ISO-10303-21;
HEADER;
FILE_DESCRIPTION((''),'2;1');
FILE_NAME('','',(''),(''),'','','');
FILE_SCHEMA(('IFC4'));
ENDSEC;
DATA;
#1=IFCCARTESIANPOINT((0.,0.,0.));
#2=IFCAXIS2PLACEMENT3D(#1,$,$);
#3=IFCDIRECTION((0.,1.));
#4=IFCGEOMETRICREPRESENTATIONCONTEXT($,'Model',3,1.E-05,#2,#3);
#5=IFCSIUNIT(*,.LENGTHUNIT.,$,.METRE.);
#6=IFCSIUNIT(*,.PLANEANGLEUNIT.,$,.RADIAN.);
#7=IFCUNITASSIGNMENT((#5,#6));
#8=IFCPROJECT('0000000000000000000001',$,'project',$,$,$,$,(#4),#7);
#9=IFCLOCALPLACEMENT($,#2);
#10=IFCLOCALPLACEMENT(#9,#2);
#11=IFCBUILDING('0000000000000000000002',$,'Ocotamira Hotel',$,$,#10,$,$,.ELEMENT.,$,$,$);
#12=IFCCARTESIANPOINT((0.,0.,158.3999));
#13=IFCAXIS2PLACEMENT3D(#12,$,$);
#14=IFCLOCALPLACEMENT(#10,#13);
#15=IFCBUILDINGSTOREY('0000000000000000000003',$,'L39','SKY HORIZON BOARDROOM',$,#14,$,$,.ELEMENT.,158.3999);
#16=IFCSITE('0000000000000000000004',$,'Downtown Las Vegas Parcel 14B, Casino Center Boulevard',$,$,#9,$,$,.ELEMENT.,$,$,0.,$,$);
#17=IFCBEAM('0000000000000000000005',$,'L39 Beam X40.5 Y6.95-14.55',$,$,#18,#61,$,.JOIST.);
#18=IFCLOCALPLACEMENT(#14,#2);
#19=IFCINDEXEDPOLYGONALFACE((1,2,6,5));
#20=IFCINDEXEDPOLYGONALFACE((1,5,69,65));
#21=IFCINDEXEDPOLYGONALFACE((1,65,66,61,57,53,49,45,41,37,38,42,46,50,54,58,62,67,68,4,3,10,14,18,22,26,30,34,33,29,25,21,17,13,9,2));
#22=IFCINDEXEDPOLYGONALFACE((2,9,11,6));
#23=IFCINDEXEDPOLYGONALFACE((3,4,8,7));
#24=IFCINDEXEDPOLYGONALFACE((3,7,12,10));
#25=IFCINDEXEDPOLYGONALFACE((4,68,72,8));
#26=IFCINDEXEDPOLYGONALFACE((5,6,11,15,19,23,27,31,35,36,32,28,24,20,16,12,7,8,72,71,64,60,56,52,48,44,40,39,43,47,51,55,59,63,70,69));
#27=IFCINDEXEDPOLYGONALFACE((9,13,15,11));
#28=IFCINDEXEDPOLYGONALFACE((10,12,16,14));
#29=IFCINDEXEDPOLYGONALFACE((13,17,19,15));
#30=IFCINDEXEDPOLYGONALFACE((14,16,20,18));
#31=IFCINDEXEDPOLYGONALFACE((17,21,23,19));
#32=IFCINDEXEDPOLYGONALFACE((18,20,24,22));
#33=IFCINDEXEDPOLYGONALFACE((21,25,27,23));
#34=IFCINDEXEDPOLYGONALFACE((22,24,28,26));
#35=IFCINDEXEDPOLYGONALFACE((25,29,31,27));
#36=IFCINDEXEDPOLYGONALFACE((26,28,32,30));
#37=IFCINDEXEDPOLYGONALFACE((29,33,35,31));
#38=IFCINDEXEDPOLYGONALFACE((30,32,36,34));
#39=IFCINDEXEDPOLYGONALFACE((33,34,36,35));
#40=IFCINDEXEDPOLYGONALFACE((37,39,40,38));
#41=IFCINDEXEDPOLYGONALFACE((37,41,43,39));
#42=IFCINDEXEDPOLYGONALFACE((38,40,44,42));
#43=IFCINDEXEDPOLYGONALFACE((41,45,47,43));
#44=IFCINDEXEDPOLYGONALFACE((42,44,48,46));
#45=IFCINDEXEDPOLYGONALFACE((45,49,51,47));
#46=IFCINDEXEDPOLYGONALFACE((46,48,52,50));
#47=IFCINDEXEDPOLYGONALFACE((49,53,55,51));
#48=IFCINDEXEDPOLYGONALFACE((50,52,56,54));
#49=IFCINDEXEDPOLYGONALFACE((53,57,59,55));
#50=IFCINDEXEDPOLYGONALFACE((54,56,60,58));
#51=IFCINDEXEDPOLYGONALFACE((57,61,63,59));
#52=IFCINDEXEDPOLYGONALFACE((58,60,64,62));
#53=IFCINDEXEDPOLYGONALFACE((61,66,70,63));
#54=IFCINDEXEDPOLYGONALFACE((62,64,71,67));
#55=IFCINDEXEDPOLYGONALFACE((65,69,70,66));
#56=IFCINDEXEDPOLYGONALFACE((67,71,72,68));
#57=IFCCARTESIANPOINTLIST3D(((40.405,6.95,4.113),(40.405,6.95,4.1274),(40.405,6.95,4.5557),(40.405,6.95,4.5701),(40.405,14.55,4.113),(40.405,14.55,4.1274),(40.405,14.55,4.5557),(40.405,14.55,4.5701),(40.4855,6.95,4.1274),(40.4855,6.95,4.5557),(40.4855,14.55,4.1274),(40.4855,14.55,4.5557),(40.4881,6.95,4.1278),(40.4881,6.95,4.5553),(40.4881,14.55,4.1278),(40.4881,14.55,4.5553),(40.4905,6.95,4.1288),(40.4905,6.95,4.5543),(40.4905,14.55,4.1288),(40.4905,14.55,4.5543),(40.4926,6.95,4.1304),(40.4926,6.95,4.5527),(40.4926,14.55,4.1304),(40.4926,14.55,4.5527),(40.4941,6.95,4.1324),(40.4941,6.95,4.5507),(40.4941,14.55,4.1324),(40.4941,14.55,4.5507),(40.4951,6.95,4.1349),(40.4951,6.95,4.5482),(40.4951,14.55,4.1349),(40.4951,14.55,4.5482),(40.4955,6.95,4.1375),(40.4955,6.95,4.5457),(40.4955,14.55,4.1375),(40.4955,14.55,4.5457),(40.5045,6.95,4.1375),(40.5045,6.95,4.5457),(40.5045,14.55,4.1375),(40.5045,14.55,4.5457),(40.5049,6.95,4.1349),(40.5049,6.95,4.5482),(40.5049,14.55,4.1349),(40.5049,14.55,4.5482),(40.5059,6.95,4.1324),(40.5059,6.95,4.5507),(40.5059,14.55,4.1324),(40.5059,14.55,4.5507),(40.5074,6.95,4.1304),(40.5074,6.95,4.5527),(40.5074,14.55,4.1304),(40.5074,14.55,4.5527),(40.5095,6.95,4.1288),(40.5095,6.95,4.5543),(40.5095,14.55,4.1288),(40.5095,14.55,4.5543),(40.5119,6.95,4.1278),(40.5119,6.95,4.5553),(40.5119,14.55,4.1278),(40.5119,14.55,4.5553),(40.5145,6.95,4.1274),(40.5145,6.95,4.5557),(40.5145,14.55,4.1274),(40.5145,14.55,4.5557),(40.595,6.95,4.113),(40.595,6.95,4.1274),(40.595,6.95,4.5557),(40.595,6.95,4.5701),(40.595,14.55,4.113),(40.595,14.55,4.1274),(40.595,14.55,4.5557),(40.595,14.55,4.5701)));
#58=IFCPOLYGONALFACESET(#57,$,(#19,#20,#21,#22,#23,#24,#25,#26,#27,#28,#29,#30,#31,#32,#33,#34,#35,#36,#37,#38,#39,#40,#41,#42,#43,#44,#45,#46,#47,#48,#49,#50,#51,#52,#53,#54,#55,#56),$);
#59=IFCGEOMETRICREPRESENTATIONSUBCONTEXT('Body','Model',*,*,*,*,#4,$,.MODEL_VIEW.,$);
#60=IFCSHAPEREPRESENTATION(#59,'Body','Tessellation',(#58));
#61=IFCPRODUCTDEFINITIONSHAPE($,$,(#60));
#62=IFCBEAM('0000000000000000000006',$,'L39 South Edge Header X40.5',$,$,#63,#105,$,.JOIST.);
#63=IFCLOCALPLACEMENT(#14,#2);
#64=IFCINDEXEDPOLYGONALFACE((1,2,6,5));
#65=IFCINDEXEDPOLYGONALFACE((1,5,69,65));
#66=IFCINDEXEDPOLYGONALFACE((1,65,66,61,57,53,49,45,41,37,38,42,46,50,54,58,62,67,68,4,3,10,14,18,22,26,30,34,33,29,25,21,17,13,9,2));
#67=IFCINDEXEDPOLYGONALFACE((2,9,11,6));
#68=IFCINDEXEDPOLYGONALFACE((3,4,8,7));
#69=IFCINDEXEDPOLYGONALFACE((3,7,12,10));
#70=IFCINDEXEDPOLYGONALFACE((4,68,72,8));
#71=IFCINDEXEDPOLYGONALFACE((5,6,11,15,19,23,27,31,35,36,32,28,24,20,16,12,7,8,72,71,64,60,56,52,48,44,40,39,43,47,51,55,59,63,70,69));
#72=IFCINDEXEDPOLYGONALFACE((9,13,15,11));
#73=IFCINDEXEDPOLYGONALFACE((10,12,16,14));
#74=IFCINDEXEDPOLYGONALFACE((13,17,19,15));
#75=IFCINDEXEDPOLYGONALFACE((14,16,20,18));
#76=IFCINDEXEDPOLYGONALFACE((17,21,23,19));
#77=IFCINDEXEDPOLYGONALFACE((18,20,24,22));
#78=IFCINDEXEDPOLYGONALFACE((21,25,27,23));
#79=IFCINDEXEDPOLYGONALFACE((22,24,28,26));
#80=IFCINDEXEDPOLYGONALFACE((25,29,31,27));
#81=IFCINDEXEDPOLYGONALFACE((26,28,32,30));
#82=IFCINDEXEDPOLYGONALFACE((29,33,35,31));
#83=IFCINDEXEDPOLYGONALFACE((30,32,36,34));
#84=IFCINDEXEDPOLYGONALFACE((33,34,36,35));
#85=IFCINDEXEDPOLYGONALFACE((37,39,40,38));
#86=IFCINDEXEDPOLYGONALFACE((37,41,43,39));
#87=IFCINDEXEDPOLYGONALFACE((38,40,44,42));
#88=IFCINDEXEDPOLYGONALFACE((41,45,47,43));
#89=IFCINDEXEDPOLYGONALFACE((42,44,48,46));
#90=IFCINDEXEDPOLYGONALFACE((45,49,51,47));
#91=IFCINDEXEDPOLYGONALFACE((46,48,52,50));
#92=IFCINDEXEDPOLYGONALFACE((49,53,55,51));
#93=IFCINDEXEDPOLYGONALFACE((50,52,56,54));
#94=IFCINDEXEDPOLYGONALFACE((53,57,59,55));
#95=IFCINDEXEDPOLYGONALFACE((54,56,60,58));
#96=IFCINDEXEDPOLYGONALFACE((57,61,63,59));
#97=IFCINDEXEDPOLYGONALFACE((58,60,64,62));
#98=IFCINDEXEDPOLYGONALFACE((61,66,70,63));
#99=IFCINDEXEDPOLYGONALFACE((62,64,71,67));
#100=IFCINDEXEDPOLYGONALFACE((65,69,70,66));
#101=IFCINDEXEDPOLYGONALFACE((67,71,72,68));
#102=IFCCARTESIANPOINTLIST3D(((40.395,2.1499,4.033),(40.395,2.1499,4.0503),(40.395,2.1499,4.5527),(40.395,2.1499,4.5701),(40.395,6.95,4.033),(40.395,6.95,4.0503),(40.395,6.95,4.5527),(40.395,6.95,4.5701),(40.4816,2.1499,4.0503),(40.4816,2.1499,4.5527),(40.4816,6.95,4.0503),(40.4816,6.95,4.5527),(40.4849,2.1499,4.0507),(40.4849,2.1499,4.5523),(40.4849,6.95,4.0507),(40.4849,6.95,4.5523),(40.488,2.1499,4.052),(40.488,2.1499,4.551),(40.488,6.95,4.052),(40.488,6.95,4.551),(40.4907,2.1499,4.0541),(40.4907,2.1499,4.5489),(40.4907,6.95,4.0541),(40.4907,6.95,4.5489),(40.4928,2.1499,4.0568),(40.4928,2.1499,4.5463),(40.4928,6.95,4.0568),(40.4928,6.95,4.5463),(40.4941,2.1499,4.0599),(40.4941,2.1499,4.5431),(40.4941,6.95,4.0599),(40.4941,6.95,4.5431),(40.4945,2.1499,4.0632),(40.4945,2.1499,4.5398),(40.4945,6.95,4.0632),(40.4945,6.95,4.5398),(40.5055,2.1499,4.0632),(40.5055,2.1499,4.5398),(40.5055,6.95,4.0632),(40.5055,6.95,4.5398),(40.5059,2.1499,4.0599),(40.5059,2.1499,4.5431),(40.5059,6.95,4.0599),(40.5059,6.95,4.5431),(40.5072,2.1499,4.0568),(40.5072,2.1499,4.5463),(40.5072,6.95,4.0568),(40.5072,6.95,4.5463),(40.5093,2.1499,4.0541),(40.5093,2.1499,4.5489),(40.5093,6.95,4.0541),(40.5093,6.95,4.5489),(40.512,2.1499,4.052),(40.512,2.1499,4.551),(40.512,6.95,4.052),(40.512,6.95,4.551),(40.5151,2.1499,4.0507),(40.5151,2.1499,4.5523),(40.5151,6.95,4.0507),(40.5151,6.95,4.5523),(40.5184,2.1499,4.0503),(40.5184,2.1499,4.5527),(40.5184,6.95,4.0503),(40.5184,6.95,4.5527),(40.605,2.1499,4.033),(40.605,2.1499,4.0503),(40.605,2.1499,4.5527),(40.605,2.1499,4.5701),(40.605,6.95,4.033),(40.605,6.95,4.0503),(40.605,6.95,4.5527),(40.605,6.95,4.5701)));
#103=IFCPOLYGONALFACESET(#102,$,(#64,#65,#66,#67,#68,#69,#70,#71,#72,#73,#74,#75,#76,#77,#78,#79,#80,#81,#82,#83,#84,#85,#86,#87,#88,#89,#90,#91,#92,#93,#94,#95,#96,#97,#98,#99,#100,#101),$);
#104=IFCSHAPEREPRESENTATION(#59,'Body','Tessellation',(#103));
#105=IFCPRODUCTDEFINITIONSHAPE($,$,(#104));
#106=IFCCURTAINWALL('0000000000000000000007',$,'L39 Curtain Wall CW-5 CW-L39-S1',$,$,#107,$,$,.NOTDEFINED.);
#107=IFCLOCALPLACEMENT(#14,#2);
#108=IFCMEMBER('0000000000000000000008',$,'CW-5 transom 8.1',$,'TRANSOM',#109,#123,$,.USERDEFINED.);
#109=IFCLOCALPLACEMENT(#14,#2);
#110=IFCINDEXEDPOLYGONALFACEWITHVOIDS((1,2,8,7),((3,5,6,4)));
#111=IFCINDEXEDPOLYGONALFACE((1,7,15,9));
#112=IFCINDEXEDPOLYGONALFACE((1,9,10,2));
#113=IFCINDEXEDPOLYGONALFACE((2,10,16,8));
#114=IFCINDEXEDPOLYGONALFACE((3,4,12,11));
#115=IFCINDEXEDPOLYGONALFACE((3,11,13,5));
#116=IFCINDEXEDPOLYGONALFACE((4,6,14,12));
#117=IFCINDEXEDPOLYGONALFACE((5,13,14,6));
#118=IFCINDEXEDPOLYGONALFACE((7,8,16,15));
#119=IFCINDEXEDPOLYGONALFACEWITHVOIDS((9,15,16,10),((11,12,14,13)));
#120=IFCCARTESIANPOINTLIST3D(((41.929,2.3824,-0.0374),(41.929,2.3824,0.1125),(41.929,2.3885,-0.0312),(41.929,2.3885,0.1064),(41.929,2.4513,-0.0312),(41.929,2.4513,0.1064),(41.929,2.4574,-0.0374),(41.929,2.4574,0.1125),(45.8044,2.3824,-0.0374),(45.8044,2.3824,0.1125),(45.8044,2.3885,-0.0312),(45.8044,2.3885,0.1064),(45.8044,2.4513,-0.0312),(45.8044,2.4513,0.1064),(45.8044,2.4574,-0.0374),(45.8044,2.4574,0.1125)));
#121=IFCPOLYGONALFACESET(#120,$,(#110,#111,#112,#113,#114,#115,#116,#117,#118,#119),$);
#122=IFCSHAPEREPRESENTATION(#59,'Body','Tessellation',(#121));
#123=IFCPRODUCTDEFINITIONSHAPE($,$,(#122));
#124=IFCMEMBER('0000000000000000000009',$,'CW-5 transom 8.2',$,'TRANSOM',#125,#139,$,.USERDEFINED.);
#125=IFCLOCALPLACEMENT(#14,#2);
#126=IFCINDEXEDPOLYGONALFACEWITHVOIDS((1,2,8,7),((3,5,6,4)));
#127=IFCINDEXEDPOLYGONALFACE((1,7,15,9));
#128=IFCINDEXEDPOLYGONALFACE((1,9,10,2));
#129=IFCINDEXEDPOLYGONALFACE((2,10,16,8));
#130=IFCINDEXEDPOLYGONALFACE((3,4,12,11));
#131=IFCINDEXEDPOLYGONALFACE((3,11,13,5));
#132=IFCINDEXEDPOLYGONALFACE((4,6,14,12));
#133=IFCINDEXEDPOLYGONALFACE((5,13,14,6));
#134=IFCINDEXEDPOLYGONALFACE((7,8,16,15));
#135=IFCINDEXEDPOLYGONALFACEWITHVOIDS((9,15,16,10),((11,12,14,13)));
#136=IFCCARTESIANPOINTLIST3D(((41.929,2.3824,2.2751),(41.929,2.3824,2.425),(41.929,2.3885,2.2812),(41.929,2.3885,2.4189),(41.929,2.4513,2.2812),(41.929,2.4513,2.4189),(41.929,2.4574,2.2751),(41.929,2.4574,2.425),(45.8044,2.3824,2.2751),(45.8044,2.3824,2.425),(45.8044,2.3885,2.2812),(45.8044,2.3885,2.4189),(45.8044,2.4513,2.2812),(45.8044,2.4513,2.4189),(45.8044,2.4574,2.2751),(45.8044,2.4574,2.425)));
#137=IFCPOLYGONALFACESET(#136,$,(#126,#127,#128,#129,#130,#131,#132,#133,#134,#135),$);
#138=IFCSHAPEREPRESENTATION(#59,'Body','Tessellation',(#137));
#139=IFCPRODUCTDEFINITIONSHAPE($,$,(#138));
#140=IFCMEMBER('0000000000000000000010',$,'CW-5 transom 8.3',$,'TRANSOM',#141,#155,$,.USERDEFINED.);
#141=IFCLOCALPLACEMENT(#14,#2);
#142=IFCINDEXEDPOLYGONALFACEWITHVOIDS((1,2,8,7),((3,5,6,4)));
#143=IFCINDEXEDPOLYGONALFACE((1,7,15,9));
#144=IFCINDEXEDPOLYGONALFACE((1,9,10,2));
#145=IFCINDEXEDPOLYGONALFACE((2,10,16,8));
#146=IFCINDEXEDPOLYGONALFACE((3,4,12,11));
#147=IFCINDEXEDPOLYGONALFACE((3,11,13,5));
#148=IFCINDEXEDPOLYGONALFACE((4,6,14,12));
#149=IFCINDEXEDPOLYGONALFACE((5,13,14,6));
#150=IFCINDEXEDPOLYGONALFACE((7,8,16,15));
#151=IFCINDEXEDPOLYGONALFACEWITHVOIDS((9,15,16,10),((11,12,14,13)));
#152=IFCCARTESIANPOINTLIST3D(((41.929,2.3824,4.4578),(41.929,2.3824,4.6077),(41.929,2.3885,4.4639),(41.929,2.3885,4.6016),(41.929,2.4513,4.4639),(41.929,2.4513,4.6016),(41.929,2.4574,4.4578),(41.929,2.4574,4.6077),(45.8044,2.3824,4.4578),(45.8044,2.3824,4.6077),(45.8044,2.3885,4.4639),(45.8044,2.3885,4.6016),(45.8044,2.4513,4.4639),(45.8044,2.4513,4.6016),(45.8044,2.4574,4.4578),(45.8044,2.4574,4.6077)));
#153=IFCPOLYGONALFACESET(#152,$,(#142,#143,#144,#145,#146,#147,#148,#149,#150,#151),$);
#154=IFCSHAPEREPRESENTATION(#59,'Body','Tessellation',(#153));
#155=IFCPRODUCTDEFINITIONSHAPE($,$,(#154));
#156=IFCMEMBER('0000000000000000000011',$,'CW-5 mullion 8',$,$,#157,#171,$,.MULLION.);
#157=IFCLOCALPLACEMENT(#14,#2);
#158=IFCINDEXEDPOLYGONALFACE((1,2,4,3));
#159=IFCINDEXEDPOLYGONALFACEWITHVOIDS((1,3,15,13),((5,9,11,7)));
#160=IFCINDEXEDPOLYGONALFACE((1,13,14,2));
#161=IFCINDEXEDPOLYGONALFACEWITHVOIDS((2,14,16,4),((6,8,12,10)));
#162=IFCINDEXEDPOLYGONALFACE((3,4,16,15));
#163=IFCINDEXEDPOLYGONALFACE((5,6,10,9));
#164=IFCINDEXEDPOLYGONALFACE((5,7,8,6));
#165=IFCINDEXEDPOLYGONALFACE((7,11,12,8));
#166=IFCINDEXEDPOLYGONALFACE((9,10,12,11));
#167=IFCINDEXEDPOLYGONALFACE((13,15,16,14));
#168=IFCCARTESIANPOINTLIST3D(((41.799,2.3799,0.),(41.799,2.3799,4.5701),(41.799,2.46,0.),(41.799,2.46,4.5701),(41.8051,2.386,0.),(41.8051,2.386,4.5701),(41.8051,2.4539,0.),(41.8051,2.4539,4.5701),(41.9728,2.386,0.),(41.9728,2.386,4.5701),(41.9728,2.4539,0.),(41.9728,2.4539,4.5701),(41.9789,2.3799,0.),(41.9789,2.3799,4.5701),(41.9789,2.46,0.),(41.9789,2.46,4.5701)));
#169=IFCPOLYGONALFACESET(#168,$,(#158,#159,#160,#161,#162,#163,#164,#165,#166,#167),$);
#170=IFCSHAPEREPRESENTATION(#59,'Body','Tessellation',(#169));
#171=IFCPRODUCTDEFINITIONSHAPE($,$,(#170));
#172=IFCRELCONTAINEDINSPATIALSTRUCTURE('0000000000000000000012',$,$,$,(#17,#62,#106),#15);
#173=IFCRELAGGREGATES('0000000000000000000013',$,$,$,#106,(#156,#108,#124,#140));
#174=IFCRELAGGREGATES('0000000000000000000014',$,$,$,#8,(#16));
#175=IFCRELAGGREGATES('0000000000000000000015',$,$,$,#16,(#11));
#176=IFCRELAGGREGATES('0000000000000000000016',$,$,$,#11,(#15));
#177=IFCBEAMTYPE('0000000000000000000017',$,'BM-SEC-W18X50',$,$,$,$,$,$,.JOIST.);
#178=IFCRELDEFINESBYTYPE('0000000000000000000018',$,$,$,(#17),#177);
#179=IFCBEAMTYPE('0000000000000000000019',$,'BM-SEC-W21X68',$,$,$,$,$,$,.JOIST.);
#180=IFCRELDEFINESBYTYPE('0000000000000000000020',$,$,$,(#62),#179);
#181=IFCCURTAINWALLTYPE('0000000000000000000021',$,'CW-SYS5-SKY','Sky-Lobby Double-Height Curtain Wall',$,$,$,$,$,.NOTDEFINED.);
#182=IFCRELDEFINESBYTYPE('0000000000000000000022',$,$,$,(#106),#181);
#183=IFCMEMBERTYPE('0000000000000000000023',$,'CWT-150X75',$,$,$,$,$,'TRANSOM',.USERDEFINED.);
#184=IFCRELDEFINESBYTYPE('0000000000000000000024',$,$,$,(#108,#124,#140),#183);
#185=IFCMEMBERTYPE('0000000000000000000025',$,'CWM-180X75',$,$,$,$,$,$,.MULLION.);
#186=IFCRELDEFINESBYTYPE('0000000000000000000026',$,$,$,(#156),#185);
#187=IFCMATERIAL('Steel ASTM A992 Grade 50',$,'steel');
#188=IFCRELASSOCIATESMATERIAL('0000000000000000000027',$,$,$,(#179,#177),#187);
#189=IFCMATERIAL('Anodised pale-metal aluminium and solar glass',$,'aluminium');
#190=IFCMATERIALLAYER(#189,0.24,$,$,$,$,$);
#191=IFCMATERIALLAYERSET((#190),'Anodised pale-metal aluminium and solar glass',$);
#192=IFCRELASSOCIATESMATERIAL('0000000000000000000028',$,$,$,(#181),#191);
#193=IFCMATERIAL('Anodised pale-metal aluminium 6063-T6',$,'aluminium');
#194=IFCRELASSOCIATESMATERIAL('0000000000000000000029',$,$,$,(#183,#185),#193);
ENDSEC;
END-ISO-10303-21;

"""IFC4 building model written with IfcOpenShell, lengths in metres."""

from ifc_helpers import new_model, si_unit, direction, frame, origin, origin_2d, place, context, subcontext, project, spatial, hollow_rectangle, i_section, extrude, source, transform, mapped, material, layer, layer_set, material_profile, profile_set, type_object, element, aggregate, save


model = new_model("IFC4")

# Units and contexts
model_context = context("Model", 3, precision=1e-05, world=origin(), true_north=direction((0.0, 1.0)))
body_context = subcontext(model_context, "Body", "Model", "MODEL_VIEW")
ifc_project = project(units=[si_unit("LENGTHUNIT", "METRE"), si_unit("PLANEANGLEUNIT", "RADIAN")], contexts=[model_context])

# Site, building, storey
site_placement = place(None, origin())
site = spatial("IfcSite", under=ifc_project, at=site_placement, Name="Downtown Las Vegas Parcel 14B, Casino Center Boulevard", CompositionType="ELEMENT", RefElevation=0.0)
building_placement = place(site_placement, origin())
building = spatial("IfcBuilding", under=site, at=building_placement, Name="Ocotamira Hotel", CompositionType="ELEMENT")
storey_placement = place(building_placement, frame((0.0, 0.0, 158.3999)))
storey = spatial("IfcBuildingStorey", under=building, at=storey_placement, Name="L39", Description="SKY HORIZON BOARDROOM", CompositionType="ELEMENT", Elevation=158.3999)

# Beams
ifc_material_1 = material(Name="Steel ASTM A992 Grade 50", Category="steel")
ifc_material_profile_1 = material_profile(ifc_material_1, i_section(OverallWidth=0.21, OverallDepth=0.5371, WebThickness=0.011, FlangeThickness=0.0173, FilletRadius=0.0129, at=origin_2d()), Name="W21X68")
ifc_profile_set_1 = profile_set([ifc_material_profile_1], Name="Steel ASTM A992 Grade 50")
beam_type_1 = type_object("IfcBeamType", Name="BM-SEC-W21X68", PredefinedType="JOIST", material=ifc_profile_set_1)
ifc_material_profile_2 = material_profile(ifc_material_1, i_section(OverallWidth=0.1899, OverallDepth=0.457, WebThickness=0.009, FlangeThickness=0.0144, FilletRadius=0.01, at=origin_2d()), Name="W18X50")
ifc_profile_set_2 = profile_set([ifc_material_profile_2], Name="Steel ASTM A992 Grade 50")
beam_type_2 = type_object("IfcBeamType", Name="BM-SEC-W18X50", PredefinedType="JOIST", material=ifc_profile_set_2)
shared_shape_1 = source(origin(), body_context, "Body", "SweptSolid", [
    extrude(i_section(OverallWidth=0.1899, OverallDepth=0.457, WebThickness=0.009, FlangeThickness=0.0144, FilletRadius=0.01, at=origin_2d()), origin(), (0.0, 0.0, 1.0), 7.6001),
])
beam_1_placement = place(storey_placement, frame((40.5, 6.95, 4.3416), z_axis=(0.0, 1.0, 0.0), x_axis=(-1.0, 0.0, 0.0)))
element("IfcBeam", 1, at=beam_1_placement, inside=storey, type_object=beam_type_2, Name="L39 Beam X40.5 Y6.95-14.55", PredefinedType="JOIST", context=body_context, shape_type="MappedRepresentation", body=[
    mapped(shared_shape_1, transform((0.0, 0.0, 0.0), scale=1.0)),
])
shared_shape_2 = source(origin(), body_context, "Body", "SweptSolid", [
    extrude(i_section(OverallWidth=0.21, OverallDepth=0.5371, WebThickness=0.011, FlangeThickness=0.0173, FilletRadius=0.0129, at=origin_2d()), origin(), (0.0, 0.0, 1.0), 4.8),
])
beam_2_placement = place(storey_placement, frame((40.5, 6.95, 4.3015), z_axis=(0.0, -1.0, 0.0), x_axis=(1.0, 0.0, 0.0)))
element("IfcBeam", 2, at=beam_2_placement, inside=storey, type_object=beam_type_1, Name="L39 South Edge Header X40.5", PredefinedType="JOIST", context=body_context, shape_type="MappedRepresentation", body=[
    mapped(shared_shape_2, transform((0.0, 0.0, 0.0), scale=1.0)),
])

# Curtain wall, members
ifc_material_2 = material(Name="Anodised pale-metal aluminium and solar glass", Category="aluminium")
ifc_layer_1 = layer(ifc_material_2, 0.24)
ifc_layer_set_1 = layer_set([ifc_layer_1], Name="Anodised pale-metal aluminium and solar glass")
curtain_wall_type = type_object("IfcCurtainWallType", Name="CW-SYS5-SKY", Description="Sky-Lobby Double-Height Curtain Wall", PredefinedType="NOTDEFINED", material=ifc_layer_set_1)
curtain_wall_placement = place(storey_placement, origin())
curtain_wall = element("IfcCurtainWall", 3, at=curtain_wall_placement, inside=storey, type_object=curtain_wall_type, Name="L39 Curtain Wall CW-5 CW-L39-S1", PredefinedType="NOTDEFINED")
ifc_material_3 = material(Name="Anodised pale-metal aluminium 6063-T6", Category="aluminium")
ifc_material_profile_3 = material_profile(ifc_material_3, hollow_rectangle(XDim=0.075, YDim=0.1499, WallThickness=0.0061, at=origin_2d()), Name="HSS150X75X6")
ifc_profile_set_3 = profile_set([ifc_material_profile_3], Name="Anodised pale-metal aluminium 6063-T6")
member_type_1 = type_object("IfcMemberType", Name="CWT-150X75", ElementType="TRANSOM", PredefinedType="USERDEFINED", material=ifc_profile_set_3)
shared_shape_3 = source(origin(), body_context, "Body", "SweptSolid", [
    extrude(hollow_rectangle(XDim=0.075, YDim=0.1499, WallThickness=0.0061, at=origin_2d()), origin(), (0.0, 0.0, 1.0), 3.8755),
])
member_1_placement = place(storey_placement, frame((41.929, 2.4199, 0.0376), z_axis=(1.0, 0.0, 0.0), x_axis=(0.0, 1.0, 0.0)))
member_1 = element("IfcMember", 4, at=member_1_placement, type_object=member_type_1, Name="CW-5 transom 8.1", ObjectType="TRANSOM", PredefinedType="USERDEFINED", context=body_context, shape_type="MappedRepresentation", body=[
    mapped(shared_shape_3, transform((0.0, 0.0, 0.0), scale=1.0)),
])
member_2_placement = place(storey_placement, frame((41.929, 2.4199, 2.3501), z_axis=(1.0, 0.0, 0.0), x_axis=(0.0, 1.0, 0.0)))
member_2 = element("IfcMember", 5, at=member_2_placement, type_object=member_type_1, Name="CW-5 transom 8.2", ObjectType="TRANSOM", PredefinedType="USERDEFINED", context=body_context, shape_type="MappedRepresentation", body=[
    mapped(shared_shape_3, transform((0.0, 0.0, 0.0), scale=1.0)),
])
member_3_placement = place(storey_placement, frame((41.929, 2.4199, 4.5327), z_axis=(1.0, 0.0, 0.0), x_axis=(0.0, 1.0, 0.0)))
member_3 = element("IfcMember", 6, at=member_3_placement, type_object=member_type_1, Name="CW-5 transom 8.3", ObjectType="TRANSOM", PredefinedType="USERDEFINED", context=body_context, shape_type="MappedRepresentation", body=[
    mapped(shared_shape_3, transform((0.0, 0.0, 0.0), scale=1.0)),
])
ifc_material_profile_4 = material_profile(ifc_material_3, hollow_rectangle(XDim=0.0801, YDim=0.1799, WallThickness=0.0061, at=origin_2d()), Name="HSS180X80X6")
ifc_profile_set_4 = profile_set([ifc_material_profile_4], Name="Anodised pale-metal aluminium 6063-T6")
member_type_2 = type_object("IfcMemberType", Name="CWM-180X75", PredefinedType="MULLION", material=ifc_profile_set_4)
shared_shape_4 = source(origin(), body_context, "Body", "SweptSolid", [
    extrude(hollow_rectangle(XDim=0.0801, YDim=0.1799, WallThickness=0.0061, at=origin_2d()), origin(), (0.0, 0.0, 1.0), 4.5701),
])
member_4_placement = place(storey_placement, frame((41.8889, 2.4199, 0.0), z_axis=(0.0, 0.0, 1.0), x_axis=(0.0, 1.0, 0.0)))
member_4 = element("IfcMember", 7, at=member_4_placement, type_object=member_type_2, Name="CW-5 mullion 8", PredefinedType="MULLION", context=body_context, shape_type="MappedRepresentation", body=[
    mapped(shared_shape_4, transform((0.0, 0.0, 0.0), scale=1.0)),
])

aggregate(curtain_wall, [member_4, member_1, member_2, member_3])

save(model, "model.ifc")
